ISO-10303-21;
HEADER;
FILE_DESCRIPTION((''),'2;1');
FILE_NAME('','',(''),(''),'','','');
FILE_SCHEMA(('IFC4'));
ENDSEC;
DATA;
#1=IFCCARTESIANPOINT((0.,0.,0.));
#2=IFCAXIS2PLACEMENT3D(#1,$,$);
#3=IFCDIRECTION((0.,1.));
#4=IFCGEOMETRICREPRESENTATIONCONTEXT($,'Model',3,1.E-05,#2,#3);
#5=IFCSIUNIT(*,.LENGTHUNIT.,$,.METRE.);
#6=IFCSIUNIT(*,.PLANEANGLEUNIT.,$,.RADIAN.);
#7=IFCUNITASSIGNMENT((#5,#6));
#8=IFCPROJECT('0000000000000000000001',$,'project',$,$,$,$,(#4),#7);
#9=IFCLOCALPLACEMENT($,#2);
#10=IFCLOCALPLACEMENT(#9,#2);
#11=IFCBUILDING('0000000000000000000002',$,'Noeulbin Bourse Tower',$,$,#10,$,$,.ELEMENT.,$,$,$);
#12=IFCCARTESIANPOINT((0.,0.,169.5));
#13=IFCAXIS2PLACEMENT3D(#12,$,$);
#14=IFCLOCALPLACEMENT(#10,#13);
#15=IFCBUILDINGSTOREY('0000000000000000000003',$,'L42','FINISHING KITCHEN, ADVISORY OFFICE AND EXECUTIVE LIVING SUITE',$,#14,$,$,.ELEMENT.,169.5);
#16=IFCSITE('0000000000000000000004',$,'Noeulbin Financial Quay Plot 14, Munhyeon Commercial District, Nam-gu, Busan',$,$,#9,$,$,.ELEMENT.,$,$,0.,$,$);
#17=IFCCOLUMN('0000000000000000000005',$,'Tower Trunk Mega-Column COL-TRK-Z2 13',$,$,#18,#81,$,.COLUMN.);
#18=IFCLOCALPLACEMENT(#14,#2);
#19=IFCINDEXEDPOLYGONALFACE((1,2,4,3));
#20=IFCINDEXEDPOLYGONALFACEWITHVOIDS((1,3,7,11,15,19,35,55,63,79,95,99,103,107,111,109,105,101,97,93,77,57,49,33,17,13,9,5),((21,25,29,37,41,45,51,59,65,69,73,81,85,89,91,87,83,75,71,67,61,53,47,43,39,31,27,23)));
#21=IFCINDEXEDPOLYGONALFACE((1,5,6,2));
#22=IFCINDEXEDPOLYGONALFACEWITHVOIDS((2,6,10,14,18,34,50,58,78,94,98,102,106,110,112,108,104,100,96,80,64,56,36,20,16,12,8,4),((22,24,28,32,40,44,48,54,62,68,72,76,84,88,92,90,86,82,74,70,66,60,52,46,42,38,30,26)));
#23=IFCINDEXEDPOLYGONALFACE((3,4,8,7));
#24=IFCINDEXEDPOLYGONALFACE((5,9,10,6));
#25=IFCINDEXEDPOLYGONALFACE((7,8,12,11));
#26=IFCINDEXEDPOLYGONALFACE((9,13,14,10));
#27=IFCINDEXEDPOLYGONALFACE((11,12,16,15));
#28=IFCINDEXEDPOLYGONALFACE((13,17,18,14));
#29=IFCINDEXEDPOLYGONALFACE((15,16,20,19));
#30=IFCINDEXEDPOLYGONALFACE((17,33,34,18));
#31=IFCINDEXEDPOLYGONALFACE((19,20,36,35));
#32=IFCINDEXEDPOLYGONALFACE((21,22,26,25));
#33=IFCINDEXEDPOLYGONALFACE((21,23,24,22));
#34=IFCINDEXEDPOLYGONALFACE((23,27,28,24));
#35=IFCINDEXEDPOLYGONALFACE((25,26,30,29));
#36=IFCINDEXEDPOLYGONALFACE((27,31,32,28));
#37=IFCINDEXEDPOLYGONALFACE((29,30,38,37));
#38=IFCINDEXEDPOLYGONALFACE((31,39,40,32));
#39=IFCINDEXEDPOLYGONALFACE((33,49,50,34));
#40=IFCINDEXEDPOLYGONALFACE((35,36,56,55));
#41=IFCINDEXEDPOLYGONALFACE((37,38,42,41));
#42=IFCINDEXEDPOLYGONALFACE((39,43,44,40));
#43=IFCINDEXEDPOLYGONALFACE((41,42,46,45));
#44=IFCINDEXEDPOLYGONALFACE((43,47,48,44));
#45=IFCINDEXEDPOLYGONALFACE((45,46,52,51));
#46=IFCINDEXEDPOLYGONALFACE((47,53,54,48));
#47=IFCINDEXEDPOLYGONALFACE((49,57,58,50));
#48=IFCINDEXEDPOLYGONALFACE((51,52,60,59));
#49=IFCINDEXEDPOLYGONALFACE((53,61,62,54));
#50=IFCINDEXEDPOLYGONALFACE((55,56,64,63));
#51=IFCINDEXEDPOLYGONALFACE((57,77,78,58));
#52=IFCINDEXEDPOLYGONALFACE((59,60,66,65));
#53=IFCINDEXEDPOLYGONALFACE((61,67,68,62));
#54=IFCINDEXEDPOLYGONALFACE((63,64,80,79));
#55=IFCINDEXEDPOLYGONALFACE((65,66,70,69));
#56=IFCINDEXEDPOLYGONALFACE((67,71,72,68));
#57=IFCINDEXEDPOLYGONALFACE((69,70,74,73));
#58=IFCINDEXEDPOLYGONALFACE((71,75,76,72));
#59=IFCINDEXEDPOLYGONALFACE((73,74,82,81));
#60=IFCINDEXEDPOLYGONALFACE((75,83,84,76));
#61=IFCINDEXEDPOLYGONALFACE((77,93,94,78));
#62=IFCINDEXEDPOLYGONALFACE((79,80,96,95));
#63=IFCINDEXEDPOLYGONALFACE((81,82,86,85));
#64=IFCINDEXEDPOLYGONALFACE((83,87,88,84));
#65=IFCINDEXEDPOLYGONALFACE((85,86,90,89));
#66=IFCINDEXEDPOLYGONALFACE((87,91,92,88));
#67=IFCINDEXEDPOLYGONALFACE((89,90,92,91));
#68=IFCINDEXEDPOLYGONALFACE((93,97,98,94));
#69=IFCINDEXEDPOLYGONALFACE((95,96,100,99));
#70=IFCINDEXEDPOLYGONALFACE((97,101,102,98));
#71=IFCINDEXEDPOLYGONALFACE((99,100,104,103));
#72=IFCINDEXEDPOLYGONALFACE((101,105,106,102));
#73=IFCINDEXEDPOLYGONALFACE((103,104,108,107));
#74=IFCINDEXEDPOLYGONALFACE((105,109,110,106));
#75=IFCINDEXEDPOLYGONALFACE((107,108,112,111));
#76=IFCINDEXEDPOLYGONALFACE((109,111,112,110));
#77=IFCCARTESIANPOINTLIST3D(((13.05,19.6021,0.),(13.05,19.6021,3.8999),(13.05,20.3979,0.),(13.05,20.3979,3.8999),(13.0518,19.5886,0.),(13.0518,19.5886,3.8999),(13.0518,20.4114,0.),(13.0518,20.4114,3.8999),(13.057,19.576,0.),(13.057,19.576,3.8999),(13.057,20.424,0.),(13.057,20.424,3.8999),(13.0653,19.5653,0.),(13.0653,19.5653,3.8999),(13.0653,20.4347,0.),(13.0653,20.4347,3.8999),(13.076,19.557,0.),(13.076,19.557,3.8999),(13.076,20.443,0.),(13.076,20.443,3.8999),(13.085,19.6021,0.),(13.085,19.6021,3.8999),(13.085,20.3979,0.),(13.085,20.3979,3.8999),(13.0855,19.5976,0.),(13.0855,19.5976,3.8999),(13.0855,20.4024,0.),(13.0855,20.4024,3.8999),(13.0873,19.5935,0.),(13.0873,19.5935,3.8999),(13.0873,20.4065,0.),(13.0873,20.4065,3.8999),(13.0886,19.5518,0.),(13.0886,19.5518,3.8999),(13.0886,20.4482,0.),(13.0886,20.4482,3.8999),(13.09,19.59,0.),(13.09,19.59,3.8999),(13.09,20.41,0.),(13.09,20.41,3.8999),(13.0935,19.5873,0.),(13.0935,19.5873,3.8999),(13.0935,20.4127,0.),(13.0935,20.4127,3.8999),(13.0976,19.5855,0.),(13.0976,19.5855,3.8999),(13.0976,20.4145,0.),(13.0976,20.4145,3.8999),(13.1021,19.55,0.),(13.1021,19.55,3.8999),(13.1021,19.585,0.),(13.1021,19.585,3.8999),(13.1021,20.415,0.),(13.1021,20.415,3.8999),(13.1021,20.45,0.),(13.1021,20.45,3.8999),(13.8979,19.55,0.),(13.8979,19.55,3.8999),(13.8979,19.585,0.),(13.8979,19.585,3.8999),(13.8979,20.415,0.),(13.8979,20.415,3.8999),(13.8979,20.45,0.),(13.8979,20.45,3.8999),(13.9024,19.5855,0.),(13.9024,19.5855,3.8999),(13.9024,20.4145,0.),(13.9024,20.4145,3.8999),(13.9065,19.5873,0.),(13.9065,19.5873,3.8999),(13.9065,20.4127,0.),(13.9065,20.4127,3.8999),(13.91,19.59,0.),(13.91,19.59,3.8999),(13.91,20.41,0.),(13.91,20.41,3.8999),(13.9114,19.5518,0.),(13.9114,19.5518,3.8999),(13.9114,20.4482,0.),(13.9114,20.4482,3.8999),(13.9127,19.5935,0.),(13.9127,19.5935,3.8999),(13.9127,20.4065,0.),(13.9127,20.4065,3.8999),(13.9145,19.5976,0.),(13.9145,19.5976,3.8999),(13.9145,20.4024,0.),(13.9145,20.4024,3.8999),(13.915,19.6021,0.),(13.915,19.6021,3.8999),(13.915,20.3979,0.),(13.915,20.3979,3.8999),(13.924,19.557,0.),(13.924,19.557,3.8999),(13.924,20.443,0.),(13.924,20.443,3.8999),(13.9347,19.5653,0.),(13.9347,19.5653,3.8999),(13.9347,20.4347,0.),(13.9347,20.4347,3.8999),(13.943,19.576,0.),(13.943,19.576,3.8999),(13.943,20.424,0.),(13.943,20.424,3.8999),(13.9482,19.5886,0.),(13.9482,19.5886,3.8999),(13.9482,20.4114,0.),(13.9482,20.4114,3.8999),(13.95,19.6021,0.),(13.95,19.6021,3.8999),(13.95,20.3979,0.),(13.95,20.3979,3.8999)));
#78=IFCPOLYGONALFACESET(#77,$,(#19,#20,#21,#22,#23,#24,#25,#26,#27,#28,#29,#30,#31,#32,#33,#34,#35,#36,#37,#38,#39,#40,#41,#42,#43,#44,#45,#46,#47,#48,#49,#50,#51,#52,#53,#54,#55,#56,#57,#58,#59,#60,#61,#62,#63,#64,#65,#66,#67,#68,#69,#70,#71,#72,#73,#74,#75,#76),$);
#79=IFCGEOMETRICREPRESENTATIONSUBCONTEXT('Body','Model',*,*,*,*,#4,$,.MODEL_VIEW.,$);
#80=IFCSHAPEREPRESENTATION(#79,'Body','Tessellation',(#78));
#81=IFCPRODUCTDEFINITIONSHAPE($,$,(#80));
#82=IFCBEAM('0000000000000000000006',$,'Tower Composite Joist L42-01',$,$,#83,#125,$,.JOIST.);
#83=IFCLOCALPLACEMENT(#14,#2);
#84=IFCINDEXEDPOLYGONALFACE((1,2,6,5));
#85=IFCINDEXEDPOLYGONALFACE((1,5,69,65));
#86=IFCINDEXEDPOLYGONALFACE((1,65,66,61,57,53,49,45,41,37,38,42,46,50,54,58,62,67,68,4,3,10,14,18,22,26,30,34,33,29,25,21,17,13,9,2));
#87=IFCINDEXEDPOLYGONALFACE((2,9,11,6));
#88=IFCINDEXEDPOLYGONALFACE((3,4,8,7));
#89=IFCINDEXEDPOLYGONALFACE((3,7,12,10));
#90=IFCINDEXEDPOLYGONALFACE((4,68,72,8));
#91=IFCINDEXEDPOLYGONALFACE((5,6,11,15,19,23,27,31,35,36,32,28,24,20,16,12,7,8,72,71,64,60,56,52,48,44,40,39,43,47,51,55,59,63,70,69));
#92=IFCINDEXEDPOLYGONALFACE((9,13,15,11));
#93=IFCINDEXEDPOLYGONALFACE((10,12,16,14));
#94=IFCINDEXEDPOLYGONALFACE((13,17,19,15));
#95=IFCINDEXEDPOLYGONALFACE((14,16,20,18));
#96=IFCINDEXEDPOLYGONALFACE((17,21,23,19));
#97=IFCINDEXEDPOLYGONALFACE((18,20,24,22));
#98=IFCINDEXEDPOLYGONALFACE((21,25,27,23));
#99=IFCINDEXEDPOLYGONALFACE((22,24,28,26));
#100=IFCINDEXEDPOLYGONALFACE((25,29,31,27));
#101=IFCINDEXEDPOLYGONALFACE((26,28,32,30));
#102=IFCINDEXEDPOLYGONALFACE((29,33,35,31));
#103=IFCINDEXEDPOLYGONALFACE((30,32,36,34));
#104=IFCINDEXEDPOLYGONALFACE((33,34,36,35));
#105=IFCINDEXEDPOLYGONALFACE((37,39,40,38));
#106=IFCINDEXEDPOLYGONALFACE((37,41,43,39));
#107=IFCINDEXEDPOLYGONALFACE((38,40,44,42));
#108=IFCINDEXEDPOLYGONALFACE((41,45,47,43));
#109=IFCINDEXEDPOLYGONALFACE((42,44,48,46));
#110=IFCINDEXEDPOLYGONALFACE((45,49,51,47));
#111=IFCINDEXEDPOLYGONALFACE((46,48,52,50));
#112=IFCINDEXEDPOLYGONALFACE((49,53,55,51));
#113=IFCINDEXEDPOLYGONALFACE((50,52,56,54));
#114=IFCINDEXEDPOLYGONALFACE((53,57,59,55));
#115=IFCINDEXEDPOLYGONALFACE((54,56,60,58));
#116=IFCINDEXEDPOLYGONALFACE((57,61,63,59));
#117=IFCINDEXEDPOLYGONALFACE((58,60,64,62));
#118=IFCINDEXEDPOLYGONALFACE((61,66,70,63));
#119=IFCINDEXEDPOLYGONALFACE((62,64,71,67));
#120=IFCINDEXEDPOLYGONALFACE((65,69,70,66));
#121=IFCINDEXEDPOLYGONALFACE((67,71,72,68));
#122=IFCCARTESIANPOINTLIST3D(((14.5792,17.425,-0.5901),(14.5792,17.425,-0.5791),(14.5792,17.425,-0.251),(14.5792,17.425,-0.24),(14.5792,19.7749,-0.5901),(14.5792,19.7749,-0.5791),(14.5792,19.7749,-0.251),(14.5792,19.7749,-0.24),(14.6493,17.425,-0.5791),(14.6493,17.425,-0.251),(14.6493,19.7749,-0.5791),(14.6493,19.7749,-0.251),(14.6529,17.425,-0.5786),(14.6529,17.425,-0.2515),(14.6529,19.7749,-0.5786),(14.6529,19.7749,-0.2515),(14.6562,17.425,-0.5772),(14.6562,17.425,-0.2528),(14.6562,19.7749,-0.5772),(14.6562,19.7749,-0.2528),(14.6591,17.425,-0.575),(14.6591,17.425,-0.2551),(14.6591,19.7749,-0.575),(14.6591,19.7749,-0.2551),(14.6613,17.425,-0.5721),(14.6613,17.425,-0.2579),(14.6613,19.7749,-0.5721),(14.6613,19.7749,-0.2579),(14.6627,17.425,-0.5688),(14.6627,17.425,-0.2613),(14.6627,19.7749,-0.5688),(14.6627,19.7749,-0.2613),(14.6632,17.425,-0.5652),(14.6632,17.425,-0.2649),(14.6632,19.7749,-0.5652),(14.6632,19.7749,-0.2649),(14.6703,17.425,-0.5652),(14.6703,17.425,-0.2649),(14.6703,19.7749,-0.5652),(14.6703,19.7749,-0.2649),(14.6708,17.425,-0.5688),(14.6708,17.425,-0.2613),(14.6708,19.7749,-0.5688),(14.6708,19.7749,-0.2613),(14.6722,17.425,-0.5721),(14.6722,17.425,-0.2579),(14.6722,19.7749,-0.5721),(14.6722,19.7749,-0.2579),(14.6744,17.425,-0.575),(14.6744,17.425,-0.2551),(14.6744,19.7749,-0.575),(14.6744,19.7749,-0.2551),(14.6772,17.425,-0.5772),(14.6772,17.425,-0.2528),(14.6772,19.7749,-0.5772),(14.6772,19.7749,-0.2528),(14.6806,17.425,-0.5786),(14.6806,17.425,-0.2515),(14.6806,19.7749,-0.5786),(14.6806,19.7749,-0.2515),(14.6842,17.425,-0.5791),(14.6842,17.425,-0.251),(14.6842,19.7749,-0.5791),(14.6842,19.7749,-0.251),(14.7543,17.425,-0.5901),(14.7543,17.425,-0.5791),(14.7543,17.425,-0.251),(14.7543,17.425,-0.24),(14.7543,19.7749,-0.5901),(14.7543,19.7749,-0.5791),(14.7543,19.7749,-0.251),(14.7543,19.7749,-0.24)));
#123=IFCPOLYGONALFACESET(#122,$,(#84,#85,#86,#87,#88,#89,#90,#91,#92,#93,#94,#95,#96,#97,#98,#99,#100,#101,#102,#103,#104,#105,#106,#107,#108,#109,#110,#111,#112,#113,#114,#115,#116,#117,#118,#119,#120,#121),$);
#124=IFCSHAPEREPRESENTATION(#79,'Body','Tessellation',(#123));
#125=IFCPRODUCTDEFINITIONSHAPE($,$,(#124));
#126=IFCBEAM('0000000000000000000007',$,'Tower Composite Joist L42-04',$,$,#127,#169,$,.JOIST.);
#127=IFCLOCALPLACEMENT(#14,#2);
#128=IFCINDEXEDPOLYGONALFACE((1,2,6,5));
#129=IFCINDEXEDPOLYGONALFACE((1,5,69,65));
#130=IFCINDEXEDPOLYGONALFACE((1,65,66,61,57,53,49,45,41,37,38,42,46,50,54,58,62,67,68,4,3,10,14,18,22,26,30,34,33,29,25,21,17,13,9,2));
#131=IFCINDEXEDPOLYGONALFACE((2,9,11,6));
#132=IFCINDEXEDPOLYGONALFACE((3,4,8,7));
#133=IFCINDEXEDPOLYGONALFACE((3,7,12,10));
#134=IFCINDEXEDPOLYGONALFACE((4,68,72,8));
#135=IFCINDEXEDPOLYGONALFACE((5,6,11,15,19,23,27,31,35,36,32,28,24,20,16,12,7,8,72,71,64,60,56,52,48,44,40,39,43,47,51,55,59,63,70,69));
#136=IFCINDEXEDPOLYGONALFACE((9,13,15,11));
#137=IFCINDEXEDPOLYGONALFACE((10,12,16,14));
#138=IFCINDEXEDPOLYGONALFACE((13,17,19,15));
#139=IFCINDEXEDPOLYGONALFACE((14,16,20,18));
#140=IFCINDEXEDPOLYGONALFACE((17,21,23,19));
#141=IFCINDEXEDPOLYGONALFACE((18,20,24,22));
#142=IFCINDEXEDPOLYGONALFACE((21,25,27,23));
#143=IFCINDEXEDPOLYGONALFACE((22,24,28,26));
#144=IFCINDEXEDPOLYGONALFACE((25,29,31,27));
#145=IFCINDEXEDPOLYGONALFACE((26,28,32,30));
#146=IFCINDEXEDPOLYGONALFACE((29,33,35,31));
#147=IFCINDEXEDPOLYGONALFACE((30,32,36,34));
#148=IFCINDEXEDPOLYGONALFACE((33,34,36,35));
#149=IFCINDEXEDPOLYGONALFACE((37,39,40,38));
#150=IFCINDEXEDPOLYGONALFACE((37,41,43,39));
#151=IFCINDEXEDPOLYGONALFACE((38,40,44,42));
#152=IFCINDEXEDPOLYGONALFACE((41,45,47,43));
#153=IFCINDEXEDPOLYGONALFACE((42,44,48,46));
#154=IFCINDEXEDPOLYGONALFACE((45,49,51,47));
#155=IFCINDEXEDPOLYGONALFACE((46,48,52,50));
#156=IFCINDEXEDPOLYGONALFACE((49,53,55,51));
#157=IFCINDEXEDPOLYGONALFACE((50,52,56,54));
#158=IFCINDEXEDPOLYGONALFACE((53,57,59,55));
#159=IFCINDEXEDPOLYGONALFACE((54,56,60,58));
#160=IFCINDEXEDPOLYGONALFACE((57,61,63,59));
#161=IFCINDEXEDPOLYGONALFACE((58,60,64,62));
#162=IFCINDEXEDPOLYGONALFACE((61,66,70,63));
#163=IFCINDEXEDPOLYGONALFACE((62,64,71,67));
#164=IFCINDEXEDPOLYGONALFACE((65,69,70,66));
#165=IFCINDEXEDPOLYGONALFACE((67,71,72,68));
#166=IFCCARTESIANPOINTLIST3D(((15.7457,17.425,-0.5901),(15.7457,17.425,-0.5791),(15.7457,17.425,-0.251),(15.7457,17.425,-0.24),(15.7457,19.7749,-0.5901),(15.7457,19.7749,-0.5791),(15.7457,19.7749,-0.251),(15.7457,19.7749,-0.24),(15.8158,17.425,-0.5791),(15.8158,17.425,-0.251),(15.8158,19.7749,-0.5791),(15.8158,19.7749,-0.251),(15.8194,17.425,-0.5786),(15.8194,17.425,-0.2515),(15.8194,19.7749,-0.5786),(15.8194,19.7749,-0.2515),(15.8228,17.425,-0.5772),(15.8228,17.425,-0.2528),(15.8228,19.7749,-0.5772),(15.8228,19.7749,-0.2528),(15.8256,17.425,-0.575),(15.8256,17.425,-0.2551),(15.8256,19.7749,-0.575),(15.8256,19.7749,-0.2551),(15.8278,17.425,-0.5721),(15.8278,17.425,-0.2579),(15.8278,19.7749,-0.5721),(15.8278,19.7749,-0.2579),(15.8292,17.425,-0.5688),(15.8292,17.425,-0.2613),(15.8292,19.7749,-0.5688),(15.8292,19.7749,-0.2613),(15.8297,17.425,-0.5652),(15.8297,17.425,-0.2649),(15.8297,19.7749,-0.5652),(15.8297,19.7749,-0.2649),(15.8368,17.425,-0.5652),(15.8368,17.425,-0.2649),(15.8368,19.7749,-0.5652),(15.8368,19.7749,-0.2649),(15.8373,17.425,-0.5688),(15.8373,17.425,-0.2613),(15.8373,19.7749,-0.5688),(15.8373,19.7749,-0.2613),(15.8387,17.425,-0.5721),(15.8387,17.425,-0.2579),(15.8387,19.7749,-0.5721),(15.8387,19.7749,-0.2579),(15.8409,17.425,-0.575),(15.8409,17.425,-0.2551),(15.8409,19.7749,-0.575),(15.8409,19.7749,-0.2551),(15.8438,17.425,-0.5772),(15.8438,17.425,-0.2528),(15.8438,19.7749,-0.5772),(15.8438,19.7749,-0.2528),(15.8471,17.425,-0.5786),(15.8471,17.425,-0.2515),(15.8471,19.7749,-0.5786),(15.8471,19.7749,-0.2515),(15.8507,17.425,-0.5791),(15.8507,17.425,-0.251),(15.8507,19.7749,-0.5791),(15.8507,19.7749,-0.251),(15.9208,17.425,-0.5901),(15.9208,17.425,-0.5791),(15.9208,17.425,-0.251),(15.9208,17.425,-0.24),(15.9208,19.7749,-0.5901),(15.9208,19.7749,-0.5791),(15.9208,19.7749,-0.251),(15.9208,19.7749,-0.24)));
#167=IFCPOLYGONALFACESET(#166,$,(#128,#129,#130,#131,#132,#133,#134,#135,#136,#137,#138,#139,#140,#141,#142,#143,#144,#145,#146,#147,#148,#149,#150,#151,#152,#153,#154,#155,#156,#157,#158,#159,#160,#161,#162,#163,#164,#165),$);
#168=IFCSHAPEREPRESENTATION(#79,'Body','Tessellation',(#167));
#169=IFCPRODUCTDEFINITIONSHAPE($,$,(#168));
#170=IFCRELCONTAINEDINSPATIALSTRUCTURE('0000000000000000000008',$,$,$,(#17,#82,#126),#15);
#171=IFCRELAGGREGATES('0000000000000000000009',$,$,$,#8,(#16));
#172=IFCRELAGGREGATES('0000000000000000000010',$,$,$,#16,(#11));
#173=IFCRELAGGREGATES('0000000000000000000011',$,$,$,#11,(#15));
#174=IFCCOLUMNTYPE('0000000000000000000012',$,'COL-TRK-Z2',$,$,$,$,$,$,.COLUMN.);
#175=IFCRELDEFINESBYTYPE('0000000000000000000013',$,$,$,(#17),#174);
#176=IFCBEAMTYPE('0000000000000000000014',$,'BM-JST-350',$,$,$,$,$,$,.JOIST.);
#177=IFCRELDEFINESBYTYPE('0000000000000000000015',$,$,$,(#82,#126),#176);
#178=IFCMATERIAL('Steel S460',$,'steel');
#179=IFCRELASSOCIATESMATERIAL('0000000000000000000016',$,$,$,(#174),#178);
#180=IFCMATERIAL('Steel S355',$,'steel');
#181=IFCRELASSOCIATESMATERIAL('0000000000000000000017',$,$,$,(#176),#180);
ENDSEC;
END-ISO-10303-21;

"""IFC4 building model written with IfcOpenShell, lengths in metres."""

from ifc_helpers import new_model, si_unit, direction, frame, origin, origin_2d, place, context, subcontext, project, spatial, hollow_rectangle, i_section, extrude, material, material_profile, profile_set, type_object, element, save


model = new_model("IFC4")

# Units and contexts
model_context = context("Model", 3, precision=1e-05, world=origin(), true_north=direction((0.0, 1.0)))
body_context = subcontext(model_context, "Body", "Model", "MODEL_VIEW")
ifc_project = project(units=[si_unit("LENGTHUNIT", "METRE"), si_unit("PLANEANGLEUNIT", "RADIAN")], contexts=[model_context])

# Site, building, storey
site_placement = place(None, origin())
site = spatial("IfcSite", under=ifc_project, at=site_placement, Name="Noeulbin Financial Quay Plot 14, Munhyeon Commercial District, Nam-gu, Busan", CompositionType="ELEMENT", RefElevation=0.0)
building_placement = place(site_placement, origin())
building = spatial("IfcBuilding", under=site, at=building_placement, Name="Noeulbin Bourse Tower", CompositionType="ELEMENT")
storey_placement = place(building_placement, frame((0.0, 0.0, 169.5)))
storey = spatial("IfcBuildingStorey", under=building, at=storey_placement, Name="L42", Description="FINISHING KITCHEN, ADVISORY OFFICE AND EXECUTIVE LIVING SUITE", CompositionType="ELEMENT", Elevation=169.5)

# Column
ifc_material_1 = material(Name="Steel S355", Category="steel")
ifc_material_2 = material(Name="Steel S460", Category="steel")
ifc_material_profile_1 = material_profile(ifc_material_2, hollow_rectangle(XDim=0.8999, YDim=0.8999, WallThickness=0.0349, InnerFilletRadius=0.0171, OuterFilletRadius=0.052, at=origin_2d()), Name="BOX-900x900x35", Category="LoadBearing")
ifc_profile_set_1 = profile_set([ifc_material_profile_1], Name="Steel S460")
column_type_1 = type_object("IfcColumnType", Name="COL-TRK-Z2", PredefinedType="COLUMN", material=ifc_profile_set_1)
column_placement = place(storey_placement, frame((13.5, 20.0, 0.0), z_axis=(0.0, 0.0, 1.0), x_axis=(1.0, 0.0, 0.0)))
element("IfcColumn", 1, at=column_placement, inside=storey, type_object=column_type_1, Name="Tower Trunk Mega-Column COL-TRK-Z2 13", PredefinedType="COLUMN", context=body_context, shape_type="SweptSolid", body=[
    extrude(hollow_rectangle(XDim=0.8999, YDim=0.8999, WallThickness=0.0349, InnerFilletRadius=0.0171, OuterFilletRadius=0.052, at=origin_2d()), origin(), (0.0, 0.0, 1.0), 3.8999),
])

# Beams
ifc_material_profile_2 = material_profile(ifc_material_1, i_section(OverallWidth=0.175, OverallDepth=0.3501, WebThickness=0.0071, FlangeThickness=0.011, FilletRadius=0.0139, at=origin_2d()), Name="H-350x175x7x11", Category="LoadBearing")
ifc_profile_set_2 = profile_set([ifc_material_profile_2], Name="Steel S355")
beam_type_1 = type_object("IfcBeamType", Name="BM-JST-350", PredefinedType="JOIST", material=ifc_profile_set_2)
for number, where, z_axis, x_axis, name in (
    (2, (14.6667, 17.425, -0.415), (0.0, 1.0, 0.0), (-1.0, 0.0, 0.0), "Tower Composite Joist L42-01"),
    (3, (15.8333, 17.425, -0.415), (0.0, 1.0, 0.0), (-1.0, 0.0, 0.0), "Tower Composite Joist L42-04"),
):
    element("IfcBeam", number, at=place(storey_placement, frame(where, z_axis=z_axis, x_axis=x_axis)), inside=storey, type_object=beam_type_1, Name=name, PredefinedType="JOIST", context=body_context, shape_type="SweptSolid", body=[
        extrude(i_section(OverallWidth=0.175, OverallDepth=0.3501, WebThickness=0.0071, FlangeThickness=0.011, FilletRadius=0.0139, at=origin_2d()), origin(), (0.0, 0.0, 1.0), 2.3499),
    ])

save(model, "model.ifc")
